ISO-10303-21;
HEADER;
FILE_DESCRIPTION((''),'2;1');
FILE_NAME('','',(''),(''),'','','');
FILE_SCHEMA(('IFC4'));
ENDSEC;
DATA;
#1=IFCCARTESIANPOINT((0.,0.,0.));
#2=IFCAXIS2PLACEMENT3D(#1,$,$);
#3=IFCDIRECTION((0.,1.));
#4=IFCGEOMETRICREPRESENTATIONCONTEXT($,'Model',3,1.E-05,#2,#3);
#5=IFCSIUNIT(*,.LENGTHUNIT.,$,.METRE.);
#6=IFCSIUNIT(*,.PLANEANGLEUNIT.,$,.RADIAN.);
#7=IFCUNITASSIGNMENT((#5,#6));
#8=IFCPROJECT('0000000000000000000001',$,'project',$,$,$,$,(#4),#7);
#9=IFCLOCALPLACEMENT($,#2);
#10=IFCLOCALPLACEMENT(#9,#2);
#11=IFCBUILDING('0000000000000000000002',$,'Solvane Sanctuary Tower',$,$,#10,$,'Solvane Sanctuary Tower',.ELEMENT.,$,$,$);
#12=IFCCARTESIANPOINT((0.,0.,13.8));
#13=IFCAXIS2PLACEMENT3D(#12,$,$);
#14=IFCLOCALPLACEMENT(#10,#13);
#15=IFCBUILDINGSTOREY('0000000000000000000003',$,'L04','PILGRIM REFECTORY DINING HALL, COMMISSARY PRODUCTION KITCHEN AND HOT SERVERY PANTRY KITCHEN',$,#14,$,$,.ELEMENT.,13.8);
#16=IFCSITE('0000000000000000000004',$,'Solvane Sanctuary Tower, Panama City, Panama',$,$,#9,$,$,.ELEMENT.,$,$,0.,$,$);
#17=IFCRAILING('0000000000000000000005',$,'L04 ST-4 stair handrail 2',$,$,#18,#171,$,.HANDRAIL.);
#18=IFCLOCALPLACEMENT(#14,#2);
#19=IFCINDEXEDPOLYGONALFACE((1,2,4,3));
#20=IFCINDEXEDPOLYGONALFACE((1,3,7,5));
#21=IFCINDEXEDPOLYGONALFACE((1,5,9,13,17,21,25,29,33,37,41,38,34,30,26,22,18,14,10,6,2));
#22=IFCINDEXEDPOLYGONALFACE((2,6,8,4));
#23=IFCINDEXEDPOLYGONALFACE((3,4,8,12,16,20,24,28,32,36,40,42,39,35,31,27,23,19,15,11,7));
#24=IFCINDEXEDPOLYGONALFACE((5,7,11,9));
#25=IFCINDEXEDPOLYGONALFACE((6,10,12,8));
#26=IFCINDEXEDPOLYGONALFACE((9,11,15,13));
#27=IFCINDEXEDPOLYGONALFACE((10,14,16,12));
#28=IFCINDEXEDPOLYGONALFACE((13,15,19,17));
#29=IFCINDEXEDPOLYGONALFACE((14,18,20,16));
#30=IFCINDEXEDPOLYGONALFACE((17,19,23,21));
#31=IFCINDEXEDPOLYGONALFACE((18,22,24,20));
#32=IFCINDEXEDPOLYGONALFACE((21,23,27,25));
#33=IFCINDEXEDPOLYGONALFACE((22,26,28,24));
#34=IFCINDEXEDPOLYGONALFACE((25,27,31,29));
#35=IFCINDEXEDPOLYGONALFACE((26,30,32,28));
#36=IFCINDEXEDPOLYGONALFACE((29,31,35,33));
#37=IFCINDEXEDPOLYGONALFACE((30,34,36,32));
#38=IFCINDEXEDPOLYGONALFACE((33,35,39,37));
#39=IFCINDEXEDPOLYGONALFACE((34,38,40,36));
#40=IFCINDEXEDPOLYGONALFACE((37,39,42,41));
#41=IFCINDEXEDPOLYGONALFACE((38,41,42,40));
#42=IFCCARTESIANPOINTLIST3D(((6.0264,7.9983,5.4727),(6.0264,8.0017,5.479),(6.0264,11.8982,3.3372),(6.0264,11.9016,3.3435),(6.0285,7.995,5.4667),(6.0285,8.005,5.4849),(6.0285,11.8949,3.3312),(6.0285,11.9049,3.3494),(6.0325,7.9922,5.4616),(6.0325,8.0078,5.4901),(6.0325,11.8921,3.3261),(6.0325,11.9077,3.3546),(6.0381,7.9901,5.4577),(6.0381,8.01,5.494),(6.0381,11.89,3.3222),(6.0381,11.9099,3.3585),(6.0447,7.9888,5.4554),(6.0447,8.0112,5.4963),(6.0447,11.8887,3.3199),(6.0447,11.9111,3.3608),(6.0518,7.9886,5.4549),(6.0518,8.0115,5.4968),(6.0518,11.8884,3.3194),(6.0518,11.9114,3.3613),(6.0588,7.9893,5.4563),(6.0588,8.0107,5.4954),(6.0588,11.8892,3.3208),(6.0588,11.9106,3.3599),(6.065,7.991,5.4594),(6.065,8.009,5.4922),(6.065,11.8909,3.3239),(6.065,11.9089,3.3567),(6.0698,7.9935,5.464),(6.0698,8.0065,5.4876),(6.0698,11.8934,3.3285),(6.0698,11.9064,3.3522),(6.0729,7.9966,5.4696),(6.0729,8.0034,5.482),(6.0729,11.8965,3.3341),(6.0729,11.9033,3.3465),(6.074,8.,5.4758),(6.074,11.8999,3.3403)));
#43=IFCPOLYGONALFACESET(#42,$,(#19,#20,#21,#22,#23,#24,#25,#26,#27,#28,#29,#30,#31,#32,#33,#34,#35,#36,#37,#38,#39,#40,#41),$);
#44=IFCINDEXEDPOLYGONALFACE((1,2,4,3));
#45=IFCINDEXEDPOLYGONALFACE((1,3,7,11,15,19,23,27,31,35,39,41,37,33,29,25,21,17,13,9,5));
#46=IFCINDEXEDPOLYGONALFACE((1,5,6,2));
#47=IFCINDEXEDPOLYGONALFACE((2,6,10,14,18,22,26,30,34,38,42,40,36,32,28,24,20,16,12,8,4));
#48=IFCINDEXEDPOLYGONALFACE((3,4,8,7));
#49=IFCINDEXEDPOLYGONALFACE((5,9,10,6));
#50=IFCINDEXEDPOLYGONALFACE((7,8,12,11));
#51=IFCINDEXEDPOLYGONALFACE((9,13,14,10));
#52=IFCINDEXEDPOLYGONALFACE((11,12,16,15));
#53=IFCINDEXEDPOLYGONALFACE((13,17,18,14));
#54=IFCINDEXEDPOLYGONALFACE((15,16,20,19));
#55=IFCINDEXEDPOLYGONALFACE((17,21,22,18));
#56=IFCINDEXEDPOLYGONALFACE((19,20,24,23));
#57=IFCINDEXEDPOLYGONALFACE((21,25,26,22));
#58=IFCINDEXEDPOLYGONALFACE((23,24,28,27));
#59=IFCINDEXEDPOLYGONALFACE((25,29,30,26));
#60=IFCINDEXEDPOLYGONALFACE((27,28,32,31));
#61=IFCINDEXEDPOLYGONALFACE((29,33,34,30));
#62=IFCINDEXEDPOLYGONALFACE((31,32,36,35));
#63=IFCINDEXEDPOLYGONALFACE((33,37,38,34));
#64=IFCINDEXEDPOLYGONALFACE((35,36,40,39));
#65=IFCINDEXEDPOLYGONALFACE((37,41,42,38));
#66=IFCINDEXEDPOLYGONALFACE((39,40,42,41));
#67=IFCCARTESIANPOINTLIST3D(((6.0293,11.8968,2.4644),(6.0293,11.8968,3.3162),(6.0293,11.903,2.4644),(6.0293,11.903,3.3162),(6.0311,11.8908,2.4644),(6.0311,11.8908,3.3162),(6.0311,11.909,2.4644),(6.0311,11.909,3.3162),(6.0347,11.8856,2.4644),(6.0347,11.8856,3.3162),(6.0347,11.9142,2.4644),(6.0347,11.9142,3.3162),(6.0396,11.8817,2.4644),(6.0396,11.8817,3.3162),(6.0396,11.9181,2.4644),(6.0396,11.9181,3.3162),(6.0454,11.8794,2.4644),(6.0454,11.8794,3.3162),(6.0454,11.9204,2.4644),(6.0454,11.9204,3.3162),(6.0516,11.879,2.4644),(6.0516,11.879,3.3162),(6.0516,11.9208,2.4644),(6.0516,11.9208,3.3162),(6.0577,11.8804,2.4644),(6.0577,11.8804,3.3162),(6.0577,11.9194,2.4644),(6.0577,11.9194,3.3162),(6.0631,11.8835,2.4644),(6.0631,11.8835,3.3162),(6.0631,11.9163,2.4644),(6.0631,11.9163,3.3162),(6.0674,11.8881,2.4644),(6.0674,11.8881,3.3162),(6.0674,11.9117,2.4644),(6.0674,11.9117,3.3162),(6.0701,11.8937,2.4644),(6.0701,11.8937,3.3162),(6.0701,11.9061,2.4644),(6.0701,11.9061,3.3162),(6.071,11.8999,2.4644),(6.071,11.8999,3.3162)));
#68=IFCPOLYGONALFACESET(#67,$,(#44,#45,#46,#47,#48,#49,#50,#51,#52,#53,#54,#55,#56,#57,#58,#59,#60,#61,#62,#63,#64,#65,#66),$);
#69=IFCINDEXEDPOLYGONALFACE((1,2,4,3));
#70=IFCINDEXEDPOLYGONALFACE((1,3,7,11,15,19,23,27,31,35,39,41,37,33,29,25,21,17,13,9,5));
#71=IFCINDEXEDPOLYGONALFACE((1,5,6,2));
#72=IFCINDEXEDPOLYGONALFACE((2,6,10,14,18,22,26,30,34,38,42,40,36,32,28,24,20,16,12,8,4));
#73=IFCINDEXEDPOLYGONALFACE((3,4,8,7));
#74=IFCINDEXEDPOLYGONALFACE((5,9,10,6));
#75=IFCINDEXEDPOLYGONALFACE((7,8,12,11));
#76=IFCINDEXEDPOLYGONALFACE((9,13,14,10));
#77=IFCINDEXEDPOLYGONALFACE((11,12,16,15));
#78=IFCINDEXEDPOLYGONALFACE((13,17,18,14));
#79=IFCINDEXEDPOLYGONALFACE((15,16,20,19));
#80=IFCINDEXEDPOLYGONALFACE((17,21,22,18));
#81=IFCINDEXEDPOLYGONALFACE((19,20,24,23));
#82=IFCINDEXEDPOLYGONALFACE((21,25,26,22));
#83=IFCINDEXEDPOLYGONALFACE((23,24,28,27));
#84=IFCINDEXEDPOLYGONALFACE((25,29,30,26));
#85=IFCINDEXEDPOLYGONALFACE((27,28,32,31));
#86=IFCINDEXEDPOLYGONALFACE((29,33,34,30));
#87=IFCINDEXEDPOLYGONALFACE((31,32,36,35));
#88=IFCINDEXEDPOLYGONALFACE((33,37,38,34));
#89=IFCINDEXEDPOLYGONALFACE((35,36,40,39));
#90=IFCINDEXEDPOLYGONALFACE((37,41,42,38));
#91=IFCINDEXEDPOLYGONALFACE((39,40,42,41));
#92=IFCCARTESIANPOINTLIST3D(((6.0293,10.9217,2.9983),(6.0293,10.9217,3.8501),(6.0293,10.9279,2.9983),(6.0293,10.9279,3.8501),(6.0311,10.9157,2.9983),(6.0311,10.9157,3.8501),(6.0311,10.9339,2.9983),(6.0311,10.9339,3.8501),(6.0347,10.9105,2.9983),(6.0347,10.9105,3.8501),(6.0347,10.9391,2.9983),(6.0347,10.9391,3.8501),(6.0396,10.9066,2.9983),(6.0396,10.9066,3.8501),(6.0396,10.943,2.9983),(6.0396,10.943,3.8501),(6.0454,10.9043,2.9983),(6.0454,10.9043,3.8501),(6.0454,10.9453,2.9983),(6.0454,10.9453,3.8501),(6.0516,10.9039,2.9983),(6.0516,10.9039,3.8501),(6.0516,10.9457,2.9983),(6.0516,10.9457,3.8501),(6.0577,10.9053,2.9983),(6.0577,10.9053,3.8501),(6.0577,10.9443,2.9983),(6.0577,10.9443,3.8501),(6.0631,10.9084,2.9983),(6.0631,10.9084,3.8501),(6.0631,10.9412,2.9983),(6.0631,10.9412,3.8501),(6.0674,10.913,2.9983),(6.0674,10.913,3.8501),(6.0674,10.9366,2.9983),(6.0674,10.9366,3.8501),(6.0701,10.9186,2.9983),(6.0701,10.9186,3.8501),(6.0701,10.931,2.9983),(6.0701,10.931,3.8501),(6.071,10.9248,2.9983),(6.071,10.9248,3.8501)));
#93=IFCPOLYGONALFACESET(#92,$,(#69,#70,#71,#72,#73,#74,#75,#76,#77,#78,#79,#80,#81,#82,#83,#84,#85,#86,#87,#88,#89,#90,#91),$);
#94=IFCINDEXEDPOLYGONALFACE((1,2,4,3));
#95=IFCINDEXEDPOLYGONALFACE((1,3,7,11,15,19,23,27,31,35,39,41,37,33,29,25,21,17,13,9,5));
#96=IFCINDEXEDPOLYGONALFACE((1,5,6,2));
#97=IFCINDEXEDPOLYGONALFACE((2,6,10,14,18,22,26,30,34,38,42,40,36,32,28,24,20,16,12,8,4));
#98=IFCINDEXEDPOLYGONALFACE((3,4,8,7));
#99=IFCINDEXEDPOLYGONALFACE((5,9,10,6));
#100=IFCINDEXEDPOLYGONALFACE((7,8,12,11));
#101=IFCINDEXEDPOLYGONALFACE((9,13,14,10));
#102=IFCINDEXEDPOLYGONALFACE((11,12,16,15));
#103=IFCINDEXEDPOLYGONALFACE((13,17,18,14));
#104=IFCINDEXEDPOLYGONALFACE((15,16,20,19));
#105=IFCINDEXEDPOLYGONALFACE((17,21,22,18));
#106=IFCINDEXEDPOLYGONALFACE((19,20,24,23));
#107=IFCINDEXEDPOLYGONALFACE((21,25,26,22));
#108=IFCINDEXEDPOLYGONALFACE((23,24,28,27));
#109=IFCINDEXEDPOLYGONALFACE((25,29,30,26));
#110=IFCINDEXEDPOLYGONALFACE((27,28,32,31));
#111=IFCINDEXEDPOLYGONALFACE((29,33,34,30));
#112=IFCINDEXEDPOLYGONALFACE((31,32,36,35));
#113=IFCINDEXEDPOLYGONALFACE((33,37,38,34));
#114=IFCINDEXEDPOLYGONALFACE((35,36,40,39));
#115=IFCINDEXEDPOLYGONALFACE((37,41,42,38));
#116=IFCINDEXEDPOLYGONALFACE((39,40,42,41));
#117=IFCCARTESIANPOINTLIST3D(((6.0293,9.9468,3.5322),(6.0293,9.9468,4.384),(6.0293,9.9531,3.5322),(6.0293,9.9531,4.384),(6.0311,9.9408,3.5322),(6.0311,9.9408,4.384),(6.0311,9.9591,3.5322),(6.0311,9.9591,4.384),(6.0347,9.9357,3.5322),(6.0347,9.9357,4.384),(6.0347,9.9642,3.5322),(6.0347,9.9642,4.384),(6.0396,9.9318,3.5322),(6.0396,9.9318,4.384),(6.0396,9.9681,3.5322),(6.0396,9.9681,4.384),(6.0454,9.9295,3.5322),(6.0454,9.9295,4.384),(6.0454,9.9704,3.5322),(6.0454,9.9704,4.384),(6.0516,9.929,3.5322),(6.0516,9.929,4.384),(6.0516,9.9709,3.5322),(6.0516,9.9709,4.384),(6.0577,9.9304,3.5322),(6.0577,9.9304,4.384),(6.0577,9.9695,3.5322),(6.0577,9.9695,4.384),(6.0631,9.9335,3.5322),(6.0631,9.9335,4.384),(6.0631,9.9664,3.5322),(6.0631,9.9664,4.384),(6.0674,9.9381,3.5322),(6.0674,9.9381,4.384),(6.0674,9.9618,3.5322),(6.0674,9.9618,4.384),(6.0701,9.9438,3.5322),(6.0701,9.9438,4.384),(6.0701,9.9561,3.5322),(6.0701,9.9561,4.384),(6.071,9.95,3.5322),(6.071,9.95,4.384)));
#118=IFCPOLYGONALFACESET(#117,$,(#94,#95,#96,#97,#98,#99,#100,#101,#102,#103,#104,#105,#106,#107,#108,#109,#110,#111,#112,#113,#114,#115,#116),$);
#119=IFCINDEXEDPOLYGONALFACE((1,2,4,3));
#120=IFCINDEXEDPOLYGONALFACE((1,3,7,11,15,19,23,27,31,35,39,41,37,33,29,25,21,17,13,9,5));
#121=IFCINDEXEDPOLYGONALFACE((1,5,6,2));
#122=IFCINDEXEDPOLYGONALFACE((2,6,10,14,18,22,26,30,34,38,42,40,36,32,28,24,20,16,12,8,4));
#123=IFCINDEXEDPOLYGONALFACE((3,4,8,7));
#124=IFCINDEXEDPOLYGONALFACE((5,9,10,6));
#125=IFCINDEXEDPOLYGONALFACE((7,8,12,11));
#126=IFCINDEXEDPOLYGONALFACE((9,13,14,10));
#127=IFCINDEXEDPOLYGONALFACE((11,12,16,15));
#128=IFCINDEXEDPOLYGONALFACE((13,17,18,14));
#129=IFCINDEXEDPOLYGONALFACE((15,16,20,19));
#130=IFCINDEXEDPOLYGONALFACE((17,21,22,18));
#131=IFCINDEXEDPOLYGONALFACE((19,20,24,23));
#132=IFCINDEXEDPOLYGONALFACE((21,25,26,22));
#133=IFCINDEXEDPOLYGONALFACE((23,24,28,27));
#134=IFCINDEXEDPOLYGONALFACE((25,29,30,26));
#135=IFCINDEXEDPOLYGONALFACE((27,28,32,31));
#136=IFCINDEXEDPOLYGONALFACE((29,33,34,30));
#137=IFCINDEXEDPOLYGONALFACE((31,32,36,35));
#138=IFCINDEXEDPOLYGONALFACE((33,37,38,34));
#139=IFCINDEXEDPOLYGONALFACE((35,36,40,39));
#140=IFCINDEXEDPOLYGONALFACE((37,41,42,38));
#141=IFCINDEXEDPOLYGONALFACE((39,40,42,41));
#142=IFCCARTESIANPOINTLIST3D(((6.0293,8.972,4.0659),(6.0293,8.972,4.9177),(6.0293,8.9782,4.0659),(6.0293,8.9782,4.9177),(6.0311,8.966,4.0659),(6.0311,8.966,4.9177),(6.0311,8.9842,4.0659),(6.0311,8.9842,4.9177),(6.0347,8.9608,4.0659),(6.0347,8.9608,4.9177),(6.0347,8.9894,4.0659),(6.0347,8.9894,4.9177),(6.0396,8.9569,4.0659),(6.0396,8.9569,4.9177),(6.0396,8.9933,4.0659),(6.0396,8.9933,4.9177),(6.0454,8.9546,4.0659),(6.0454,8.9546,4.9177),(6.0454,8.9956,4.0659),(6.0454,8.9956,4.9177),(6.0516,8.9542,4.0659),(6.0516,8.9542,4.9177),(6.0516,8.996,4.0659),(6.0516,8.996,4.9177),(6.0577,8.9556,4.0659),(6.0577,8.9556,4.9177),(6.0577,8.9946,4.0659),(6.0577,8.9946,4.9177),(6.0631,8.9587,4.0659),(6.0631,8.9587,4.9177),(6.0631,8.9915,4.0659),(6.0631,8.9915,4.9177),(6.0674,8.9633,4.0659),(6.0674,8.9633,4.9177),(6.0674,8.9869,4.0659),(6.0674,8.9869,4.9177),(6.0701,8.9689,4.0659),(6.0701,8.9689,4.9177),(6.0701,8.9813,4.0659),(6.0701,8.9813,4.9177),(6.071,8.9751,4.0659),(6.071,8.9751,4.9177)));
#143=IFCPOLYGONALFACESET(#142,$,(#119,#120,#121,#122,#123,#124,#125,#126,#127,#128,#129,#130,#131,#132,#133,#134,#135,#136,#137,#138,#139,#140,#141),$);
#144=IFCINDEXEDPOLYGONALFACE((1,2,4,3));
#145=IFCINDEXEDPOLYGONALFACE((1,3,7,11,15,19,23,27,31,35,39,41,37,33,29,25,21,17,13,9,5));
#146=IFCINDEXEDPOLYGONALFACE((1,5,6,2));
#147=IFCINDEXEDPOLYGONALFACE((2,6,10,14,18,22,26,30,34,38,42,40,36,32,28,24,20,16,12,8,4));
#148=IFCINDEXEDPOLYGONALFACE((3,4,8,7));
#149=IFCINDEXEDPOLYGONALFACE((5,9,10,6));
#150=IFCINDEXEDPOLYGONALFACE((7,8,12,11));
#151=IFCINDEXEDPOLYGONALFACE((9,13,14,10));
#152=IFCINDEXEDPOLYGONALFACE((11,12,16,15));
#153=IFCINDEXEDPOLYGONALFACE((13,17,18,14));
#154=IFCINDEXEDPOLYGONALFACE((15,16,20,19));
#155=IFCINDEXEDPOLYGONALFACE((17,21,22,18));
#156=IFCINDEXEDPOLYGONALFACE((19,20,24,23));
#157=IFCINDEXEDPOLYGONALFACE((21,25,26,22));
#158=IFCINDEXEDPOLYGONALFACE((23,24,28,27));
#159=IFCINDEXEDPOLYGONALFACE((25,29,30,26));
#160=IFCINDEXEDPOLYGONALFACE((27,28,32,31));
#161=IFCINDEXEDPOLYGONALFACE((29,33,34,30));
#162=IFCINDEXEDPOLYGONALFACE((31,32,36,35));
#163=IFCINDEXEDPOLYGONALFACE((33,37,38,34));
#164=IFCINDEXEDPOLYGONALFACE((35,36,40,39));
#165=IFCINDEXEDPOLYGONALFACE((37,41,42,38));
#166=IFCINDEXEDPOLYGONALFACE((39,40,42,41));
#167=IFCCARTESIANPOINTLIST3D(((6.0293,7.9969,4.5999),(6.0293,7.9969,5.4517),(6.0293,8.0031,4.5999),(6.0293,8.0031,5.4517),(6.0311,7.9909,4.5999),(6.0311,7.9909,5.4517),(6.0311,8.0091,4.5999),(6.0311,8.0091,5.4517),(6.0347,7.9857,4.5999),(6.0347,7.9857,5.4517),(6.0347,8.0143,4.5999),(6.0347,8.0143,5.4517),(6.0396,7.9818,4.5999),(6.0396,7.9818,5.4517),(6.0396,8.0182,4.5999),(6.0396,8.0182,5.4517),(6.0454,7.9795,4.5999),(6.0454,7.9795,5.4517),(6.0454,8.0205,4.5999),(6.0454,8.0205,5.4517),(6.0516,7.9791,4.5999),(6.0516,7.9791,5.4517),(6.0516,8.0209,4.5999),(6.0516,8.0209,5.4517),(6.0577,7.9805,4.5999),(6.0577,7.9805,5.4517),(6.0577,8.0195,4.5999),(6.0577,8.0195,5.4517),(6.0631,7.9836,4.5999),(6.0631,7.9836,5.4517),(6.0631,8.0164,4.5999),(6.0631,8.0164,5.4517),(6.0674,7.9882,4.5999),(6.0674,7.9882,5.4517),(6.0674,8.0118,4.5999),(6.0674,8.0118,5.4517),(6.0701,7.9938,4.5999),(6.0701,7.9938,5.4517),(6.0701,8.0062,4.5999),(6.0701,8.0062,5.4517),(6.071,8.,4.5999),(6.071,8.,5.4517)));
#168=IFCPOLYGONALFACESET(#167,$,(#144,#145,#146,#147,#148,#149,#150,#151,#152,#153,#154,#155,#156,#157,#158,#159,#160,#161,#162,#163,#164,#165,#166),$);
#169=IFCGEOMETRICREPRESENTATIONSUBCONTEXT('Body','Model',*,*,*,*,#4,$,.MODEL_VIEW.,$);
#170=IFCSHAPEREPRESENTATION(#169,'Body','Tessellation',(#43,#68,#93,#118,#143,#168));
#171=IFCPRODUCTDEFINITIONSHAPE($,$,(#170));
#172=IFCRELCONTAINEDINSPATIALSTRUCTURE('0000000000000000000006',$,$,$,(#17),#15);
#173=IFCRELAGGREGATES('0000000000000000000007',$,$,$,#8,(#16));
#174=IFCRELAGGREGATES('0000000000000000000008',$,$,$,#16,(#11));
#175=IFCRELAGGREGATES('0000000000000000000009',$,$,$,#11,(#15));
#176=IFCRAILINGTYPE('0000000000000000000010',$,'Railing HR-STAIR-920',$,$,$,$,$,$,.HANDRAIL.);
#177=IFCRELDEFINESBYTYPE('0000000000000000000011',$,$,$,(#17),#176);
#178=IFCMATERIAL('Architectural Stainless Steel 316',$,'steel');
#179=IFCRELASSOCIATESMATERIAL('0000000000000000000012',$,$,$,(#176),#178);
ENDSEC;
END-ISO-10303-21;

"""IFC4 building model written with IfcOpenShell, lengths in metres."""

from ifc_helpers import new_model, si_unit, direction, frame, origin, origin_2d, place, context, subcontext, project, spatial, circle, extrude, material, type_object, element, save


model = new_model("IFC4")

# Units and contexts
model_context = context("Model", 3, precision=1e-05, world=origin(), true_north=direction((0.0, 1.0)))
body_context = subcontext(model_context, "Body", "Model", "MODEL_VIEW")
ifc_project = project(units=[si_unit("LENGTHUNIT", "METRE"), si_unit("PLANEANGLEUNIT", "RADIAN")], contexts=[model_context])

# Site, building, storey
site_placement = place(None, origin())
site = spatial("IfcSite", under=ifc_project, at=site_placement, Name="Solvane Sanctuary Tower, Panama City, Panama", CompositionType="ELEMENT", RefElevation=0.0)
building_placement = place(site_placement, origin())
building = spatial("IfcBuilding", under=site, at=building_placement, Name="Solvane Sanctuary Tower", LongName="Solvane Sanctuary Tower", CompositionType="ELEMENT")
storey_placement = place(building_placement, frame((0.0, 0.0, 13.8)))
storey = spatial("IfcBuildingStorey", under=building, at=storey_placement, Name="L04", Description="PILGRIM REFECTORY DINING HALL, COMMISSARY PRODUCTION KITCHEN AND HOT SERVERY PANTRY KITCHEN", CompositionType="ELEMENT", Elevation=13.8)

# Shared definitions
ifc_material_1 = material(Name="Architectural Stainless Steel 316", Category="steel")

# Railing
railing_type_1 = type_object("IfcRailingType", Name="Railing HR-STAIR-920", PredefinedType="HANDRAIL", material=ifc_material_1)
railing_1_placement = place(storey_placement, frame((6.05, 11.8999, 2.4644)))
element("IfcRailing", 1, at=railing_1_placement, inside=storey, type_object=railing_type_1, Name="L04 ST-4 stair handrail 2", PredefinedType="HANDRAIL", context=body_context, shape_type="SweptSolid", body=[
    extrude(circle(Radius=0.0239, at=origin_2d()), frame((0.0, 0.0, 0.876), z_axis=(0.0, -0.877112, 0.480286), x_axis=(1.0, 0.0, 0.0)), (0.0, 0.0, 1.0), 4.4463),
    extrude(circle(Radius=0.021, at=origin_2d()), origin(), (0.0, 0.0, 1.0), 0.8518),
    extrude(circle(Radius=0.021, at=origin_2d()), frame((0.0, -0.9751, 0.5339)), (0.0, 0.0, 1.0), 0.8518),
    extrude(circle(Radius=0.021, at=origin_2d()), frame((0.0, -1.95, 1.0679)), (0.0, 0.0, 1.0), 0.8518),
    extrude(circle(Radius=0.021, at=origin_2d()), frame((0.0, -2.9248, 1.6016)), (0.0, 0.0, 1.0), 0.8518),
    extrude(circle(Radius=0.021, at=origin_2d()), frame((0.0, -3.8999, 2.1355)), (0.0, 0.0, 1.0), 0.8518),
])

save(model, "model.ifc")
